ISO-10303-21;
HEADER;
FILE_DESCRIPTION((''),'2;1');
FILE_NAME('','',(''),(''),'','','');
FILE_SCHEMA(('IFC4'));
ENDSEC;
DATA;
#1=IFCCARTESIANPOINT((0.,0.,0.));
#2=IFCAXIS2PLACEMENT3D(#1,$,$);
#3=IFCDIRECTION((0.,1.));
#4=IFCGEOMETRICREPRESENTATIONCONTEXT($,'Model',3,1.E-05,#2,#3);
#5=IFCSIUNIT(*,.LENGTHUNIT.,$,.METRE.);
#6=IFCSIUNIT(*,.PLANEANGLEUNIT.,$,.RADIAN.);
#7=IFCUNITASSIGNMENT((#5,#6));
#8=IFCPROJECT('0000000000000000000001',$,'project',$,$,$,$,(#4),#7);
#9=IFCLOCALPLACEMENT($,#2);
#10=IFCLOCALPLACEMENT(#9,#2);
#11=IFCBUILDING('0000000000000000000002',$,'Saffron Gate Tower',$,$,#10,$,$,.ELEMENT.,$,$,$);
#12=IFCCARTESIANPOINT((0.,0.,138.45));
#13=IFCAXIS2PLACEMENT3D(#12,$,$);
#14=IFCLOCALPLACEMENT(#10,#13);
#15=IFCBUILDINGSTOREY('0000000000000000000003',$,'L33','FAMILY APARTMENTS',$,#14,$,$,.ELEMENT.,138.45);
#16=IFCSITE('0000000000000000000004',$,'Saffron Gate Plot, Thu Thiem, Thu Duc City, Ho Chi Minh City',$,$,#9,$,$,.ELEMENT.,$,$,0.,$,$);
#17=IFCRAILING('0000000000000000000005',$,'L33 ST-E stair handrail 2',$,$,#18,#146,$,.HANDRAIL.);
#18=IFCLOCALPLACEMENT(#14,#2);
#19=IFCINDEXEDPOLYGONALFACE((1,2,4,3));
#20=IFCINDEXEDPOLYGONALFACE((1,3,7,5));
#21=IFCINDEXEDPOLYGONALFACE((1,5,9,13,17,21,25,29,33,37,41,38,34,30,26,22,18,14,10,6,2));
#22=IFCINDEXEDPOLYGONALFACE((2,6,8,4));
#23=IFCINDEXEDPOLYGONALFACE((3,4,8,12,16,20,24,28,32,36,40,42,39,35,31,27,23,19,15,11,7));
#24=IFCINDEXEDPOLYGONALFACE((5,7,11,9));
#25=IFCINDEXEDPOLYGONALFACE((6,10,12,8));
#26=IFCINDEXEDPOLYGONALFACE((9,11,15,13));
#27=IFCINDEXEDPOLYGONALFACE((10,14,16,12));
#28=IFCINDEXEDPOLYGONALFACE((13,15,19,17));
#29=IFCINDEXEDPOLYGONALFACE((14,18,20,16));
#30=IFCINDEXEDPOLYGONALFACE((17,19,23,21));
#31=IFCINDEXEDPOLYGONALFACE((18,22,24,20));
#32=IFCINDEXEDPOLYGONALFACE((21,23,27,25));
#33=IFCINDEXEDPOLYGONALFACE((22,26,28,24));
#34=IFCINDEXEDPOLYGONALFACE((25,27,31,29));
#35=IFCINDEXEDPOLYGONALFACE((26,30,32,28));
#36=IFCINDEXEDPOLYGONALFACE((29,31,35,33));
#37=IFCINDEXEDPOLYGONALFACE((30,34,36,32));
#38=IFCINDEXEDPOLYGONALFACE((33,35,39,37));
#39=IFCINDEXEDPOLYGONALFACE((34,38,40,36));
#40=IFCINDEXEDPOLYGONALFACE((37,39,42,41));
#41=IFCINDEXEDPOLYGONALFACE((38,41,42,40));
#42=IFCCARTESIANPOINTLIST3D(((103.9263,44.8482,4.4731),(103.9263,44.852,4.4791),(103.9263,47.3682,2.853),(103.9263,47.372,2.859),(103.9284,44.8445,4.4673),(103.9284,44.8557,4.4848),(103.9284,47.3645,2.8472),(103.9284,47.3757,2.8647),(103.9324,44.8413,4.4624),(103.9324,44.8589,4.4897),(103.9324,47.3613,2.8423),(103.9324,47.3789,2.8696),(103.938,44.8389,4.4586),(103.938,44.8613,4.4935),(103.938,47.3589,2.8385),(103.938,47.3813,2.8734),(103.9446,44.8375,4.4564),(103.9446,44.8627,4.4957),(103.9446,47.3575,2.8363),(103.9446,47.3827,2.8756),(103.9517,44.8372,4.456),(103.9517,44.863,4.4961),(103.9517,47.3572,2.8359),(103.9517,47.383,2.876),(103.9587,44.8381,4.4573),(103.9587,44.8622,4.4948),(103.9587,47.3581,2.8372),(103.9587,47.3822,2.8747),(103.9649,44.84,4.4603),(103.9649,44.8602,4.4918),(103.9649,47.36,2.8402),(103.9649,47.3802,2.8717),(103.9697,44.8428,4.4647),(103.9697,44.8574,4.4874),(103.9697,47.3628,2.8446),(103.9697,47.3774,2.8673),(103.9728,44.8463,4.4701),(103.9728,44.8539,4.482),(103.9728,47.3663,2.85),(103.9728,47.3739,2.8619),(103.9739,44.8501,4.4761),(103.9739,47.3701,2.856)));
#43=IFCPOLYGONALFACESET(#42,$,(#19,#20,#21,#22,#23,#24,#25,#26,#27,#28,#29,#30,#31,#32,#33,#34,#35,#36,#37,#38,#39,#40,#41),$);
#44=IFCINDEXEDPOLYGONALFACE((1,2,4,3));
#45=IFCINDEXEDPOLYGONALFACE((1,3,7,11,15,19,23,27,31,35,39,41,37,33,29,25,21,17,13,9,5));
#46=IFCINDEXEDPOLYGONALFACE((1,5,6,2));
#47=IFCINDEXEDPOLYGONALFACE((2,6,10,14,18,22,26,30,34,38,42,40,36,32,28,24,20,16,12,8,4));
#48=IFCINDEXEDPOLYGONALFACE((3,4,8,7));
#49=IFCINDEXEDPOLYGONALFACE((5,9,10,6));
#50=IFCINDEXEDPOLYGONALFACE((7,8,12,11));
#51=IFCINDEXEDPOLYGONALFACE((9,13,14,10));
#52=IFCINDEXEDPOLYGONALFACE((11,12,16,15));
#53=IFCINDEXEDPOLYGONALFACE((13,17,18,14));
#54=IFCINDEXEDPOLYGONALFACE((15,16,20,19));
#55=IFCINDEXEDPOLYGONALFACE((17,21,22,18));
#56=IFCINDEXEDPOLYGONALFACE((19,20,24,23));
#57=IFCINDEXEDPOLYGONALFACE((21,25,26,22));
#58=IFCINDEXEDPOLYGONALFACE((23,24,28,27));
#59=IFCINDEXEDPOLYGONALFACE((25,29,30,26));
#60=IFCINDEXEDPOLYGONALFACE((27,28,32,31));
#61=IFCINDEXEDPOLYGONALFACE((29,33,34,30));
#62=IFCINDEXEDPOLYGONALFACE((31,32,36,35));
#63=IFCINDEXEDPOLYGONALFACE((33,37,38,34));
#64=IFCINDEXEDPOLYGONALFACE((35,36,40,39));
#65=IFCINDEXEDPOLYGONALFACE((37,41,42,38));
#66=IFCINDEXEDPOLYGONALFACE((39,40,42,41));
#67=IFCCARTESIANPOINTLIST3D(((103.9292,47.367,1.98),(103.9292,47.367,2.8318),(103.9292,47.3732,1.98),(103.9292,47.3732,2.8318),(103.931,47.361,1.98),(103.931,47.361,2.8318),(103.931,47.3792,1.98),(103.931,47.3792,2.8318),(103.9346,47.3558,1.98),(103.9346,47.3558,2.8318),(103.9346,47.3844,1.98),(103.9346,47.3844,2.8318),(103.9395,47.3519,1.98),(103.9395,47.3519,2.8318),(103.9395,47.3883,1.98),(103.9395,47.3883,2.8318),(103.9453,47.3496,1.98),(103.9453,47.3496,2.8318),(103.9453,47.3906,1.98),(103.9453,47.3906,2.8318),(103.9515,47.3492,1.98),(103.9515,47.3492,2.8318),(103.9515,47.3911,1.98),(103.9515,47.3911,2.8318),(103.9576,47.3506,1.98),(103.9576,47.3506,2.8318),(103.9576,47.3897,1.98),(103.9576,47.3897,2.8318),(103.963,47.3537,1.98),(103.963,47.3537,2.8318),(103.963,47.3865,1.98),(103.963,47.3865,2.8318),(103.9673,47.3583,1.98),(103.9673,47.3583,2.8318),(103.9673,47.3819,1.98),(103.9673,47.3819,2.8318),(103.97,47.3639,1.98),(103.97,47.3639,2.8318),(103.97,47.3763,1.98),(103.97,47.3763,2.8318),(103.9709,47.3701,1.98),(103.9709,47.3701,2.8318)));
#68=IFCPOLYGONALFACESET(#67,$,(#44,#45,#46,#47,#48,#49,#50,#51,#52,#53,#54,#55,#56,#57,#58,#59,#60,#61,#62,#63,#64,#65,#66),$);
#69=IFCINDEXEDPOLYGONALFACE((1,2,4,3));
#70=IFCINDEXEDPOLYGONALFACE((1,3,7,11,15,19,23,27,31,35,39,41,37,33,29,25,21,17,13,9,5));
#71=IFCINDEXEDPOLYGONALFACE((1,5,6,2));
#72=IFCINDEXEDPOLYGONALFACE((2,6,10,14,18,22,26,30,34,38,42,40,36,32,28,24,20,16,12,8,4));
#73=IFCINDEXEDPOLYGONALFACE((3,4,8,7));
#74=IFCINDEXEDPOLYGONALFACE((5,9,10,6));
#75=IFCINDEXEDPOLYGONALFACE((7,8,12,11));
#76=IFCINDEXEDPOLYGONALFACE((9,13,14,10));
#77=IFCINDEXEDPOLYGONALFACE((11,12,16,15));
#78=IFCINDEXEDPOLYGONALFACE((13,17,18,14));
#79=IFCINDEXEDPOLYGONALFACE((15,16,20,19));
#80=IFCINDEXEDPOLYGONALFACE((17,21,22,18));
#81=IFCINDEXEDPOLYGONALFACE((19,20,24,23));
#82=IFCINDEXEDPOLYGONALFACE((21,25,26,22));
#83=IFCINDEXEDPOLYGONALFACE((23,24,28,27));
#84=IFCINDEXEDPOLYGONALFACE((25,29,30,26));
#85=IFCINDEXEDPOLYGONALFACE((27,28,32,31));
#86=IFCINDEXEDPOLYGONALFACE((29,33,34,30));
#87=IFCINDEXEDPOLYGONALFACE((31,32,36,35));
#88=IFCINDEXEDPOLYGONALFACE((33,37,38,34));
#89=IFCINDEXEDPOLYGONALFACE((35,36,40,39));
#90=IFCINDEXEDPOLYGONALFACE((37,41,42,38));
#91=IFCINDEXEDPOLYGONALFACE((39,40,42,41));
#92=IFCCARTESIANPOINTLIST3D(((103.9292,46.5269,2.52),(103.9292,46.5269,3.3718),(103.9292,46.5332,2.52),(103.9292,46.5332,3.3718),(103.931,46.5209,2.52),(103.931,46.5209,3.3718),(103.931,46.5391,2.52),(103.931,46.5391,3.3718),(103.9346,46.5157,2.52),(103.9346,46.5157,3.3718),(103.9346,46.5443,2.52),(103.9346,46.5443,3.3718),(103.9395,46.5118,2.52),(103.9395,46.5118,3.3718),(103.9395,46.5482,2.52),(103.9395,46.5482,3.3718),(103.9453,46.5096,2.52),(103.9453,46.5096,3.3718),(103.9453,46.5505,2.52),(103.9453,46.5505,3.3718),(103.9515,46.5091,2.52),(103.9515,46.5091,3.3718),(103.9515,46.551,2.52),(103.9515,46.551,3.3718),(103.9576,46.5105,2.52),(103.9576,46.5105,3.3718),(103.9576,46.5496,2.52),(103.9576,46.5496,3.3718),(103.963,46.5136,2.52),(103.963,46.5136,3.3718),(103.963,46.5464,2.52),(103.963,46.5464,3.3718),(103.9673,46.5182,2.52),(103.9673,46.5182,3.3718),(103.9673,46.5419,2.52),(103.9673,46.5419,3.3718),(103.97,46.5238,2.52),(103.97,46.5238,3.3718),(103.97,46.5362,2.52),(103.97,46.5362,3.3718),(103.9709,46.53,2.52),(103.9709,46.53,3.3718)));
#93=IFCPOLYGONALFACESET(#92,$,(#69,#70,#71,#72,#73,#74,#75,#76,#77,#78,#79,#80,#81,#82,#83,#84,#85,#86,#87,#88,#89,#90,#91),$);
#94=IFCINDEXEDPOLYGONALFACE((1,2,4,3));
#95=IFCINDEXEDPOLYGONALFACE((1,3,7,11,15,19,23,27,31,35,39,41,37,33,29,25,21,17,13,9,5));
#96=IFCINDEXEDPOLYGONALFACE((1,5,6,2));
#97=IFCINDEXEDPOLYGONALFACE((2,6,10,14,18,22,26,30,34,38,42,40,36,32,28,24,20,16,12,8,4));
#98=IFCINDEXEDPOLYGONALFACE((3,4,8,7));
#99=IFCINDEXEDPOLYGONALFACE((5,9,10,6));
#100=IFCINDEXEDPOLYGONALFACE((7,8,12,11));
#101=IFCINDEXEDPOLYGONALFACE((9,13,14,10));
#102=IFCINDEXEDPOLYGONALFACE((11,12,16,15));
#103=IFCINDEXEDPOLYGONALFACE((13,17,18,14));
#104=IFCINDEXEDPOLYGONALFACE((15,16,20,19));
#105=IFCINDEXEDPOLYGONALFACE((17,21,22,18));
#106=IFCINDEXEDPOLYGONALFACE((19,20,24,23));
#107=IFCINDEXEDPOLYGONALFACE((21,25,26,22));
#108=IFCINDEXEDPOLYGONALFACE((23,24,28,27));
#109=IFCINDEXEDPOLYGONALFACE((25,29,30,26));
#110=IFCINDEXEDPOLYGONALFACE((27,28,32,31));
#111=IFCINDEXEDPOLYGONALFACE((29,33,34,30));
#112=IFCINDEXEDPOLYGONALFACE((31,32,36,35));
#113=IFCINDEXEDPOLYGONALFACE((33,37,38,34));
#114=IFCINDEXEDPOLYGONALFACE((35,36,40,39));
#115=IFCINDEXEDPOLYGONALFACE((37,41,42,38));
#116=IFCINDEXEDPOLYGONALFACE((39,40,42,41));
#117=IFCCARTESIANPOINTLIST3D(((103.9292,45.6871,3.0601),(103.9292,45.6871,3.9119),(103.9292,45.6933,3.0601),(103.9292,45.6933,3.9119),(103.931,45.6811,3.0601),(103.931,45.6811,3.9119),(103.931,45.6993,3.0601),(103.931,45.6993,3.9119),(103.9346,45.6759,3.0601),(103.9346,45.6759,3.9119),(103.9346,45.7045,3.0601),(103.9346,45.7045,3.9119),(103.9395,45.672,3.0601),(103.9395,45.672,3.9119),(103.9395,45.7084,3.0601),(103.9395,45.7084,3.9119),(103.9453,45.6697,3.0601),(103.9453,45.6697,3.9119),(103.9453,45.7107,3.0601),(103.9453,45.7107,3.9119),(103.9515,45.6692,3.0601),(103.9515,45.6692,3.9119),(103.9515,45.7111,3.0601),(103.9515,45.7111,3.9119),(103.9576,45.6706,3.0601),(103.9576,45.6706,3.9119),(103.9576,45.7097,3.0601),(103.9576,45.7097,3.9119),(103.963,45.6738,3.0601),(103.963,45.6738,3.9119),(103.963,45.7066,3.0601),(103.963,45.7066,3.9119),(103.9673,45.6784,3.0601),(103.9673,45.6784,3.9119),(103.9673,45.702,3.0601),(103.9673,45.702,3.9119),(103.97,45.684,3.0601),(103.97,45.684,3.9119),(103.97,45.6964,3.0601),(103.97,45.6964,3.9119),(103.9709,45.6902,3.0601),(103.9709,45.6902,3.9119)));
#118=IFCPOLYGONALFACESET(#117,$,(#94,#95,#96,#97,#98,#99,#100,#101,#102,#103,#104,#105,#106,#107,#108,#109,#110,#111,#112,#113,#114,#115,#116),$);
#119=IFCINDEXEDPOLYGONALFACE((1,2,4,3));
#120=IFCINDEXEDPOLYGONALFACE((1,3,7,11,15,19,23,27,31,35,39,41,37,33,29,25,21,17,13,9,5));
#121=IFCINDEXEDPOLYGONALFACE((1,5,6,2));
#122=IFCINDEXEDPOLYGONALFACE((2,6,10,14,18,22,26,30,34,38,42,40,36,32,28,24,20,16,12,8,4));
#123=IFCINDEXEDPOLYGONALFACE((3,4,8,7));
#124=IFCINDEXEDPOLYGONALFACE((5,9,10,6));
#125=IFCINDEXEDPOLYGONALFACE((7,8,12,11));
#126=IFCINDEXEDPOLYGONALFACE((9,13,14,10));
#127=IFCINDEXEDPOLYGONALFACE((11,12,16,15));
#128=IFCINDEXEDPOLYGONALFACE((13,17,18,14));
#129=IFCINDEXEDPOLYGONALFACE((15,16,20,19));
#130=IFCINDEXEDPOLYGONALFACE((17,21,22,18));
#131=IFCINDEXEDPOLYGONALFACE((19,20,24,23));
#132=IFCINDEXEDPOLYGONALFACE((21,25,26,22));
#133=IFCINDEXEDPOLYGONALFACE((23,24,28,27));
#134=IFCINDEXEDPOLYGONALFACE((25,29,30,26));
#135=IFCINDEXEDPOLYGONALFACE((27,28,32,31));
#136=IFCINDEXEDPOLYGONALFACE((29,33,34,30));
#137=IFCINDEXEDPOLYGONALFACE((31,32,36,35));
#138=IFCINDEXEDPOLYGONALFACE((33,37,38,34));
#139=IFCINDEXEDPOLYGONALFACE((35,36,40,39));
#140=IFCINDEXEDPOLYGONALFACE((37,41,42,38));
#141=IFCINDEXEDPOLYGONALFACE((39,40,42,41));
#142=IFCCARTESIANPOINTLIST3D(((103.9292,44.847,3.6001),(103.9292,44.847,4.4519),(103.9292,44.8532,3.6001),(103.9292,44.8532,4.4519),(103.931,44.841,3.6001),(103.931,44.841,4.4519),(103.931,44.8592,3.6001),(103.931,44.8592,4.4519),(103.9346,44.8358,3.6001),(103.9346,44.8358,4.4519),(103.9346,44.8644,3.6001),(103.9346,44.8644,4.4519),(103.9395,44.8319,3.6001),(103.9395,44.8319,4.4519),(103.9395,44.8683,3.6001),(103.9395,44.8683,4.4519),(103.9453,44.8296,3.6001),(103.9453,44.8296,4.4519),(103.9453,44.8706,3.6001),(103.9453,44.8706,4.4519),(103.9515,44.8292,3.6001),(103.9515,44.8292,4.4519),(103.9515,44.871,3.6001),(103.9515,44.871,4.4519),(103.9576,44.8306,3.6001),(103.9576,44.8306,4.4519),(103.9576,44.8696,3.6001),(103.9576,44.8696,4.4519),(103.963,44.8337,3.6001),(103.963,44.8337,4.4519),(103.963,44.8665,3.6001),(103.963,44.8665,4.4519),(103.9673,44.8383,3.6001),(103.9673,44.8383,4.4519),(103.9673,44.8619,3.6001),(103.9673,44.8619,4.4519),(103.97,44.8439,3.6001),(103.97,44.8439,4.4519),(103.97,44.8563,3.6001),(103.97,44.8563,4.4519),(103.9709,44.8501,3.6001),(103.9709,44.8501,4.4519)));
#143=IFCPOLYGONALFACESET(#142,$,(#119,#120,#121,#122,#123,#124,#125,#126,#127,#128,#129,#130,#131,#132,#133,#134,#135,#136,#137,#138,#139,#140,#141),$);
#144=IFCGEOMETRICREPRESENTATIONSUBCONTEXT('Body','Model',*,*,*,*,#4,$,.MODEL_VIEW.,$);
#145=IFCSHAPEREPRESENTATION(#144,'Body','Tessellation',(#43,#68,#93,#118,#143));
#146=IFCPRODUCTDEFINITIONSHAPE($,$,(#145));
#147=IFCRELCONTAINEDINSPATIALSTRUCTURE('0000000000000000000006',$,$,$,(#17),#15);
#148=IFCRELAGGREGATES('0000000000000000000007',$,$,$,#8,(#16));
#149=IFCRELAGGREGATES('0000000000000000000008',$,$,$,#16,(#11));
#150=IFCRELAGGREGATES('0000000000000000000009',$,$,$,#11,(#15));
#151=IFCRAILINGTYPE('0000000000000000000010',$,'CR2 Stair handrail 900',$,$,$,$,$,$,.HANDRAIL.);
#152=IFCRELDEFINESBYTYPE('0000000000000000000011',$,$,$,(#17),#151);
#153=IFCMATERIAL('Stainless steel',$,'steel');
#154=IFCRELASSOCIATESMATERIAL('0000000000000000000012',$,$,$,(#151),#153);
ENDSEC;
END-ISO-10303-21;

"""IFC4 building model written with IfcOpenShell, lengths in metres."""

from ifc_helpers import new_model, si_unit, direction, frame, origin, origin_2d, place, context, subcontext, project, spatial, circle, extrude, material, type_object, element, save


model = new_model("IFC4")

# Units and contexts
model_context = context("Model", 3, precision=1e-05, world=origin(), true_north=direction((0.0, 1.0)))
body_context = subcontext(model_context, "Body", "Model", "MODEL_VIEW")
ifc_project = project(units=[si_unit("LENGTHUNIT", "METRE"), si_unit("PLANEANGLEUNIT", "RADIAN")], contexts=[model_context])

# Site, building, storey
site_placement = place(None, origin())
site = spatial("IfcSite", under=ifc_project, at=site_placement, Name="Saffron Gate Plot, Thu Thiem, Thu Duc City, Ho Chi Minh City", CompositionType="ELEMENT", RefElevation=0.0)
building_placement = place(site_placement, origin())
building = spatial("IfcBuilding", under=site, at=building_placement, Name="Saffron Gate Tower", CompositionType="ELEMENT")
storey_placement = place(building_placement, frame((0.0, 0.0, 138.45)))
storey = spatial("IfcBuildingStorey", under=building, at=storey_placement, Name="L33", Description="FAMILY APARTMENTS", CompositionType="ELEMENT", Elevation=138.45)

# Railing
ifc_material_1 = material(Name="Stainless steel", Category="steel")
railing_type_1 = type_object("IfcRailingType", Name="CR2 Stair handrail 900", PredefinedType="HANDRAIL", material=ifc_material_1)
railing_1_placement = place(storey_placement, frame((103.95, 47.3701, 1.98)))
element("IfcRailing", 1, at=railing_1_placement, inside=storey, type_object=railing_type_1, Name="L33 ST-E stair handrail 2", PredefinedType="HANDRAIL", context=body_context, shape_type="SweptSolid", body=[
    extrude(circle(Radius=0.0239, at=origin_2d()), frame((0.0, 0.0, 0.876), z_axis=(0.0, -0.841163, 0.540782), x_axis=(1.0, 0.0, 0.0)), (0.0, 0.0, 1.0), 2.9958),
    extrude(circle(Radius=0.021, at=origin_2d()), origin(), (0.0, 0.0, 1.0), 0.8518),
    extrude(circle(Radius=0.021, at=origin_2d()), frame((0.0, -0.8401, 0.54)), (0.0, 0.0, 1.0), 0.8518),
    extrude(circle(Radius=0.021, at=origin_2d()), frame((0.0, -1.6799, 1.0801)), (0.0, 0.0, 1.0), 0.8518),
    extrude(circle(Radius=0.021, at=origin_2d()), frame((0.0, -2.52, 1.6201)), (0.0, 0.0, 1.0), 0.8518),
])

save(model, "model.ifc")
